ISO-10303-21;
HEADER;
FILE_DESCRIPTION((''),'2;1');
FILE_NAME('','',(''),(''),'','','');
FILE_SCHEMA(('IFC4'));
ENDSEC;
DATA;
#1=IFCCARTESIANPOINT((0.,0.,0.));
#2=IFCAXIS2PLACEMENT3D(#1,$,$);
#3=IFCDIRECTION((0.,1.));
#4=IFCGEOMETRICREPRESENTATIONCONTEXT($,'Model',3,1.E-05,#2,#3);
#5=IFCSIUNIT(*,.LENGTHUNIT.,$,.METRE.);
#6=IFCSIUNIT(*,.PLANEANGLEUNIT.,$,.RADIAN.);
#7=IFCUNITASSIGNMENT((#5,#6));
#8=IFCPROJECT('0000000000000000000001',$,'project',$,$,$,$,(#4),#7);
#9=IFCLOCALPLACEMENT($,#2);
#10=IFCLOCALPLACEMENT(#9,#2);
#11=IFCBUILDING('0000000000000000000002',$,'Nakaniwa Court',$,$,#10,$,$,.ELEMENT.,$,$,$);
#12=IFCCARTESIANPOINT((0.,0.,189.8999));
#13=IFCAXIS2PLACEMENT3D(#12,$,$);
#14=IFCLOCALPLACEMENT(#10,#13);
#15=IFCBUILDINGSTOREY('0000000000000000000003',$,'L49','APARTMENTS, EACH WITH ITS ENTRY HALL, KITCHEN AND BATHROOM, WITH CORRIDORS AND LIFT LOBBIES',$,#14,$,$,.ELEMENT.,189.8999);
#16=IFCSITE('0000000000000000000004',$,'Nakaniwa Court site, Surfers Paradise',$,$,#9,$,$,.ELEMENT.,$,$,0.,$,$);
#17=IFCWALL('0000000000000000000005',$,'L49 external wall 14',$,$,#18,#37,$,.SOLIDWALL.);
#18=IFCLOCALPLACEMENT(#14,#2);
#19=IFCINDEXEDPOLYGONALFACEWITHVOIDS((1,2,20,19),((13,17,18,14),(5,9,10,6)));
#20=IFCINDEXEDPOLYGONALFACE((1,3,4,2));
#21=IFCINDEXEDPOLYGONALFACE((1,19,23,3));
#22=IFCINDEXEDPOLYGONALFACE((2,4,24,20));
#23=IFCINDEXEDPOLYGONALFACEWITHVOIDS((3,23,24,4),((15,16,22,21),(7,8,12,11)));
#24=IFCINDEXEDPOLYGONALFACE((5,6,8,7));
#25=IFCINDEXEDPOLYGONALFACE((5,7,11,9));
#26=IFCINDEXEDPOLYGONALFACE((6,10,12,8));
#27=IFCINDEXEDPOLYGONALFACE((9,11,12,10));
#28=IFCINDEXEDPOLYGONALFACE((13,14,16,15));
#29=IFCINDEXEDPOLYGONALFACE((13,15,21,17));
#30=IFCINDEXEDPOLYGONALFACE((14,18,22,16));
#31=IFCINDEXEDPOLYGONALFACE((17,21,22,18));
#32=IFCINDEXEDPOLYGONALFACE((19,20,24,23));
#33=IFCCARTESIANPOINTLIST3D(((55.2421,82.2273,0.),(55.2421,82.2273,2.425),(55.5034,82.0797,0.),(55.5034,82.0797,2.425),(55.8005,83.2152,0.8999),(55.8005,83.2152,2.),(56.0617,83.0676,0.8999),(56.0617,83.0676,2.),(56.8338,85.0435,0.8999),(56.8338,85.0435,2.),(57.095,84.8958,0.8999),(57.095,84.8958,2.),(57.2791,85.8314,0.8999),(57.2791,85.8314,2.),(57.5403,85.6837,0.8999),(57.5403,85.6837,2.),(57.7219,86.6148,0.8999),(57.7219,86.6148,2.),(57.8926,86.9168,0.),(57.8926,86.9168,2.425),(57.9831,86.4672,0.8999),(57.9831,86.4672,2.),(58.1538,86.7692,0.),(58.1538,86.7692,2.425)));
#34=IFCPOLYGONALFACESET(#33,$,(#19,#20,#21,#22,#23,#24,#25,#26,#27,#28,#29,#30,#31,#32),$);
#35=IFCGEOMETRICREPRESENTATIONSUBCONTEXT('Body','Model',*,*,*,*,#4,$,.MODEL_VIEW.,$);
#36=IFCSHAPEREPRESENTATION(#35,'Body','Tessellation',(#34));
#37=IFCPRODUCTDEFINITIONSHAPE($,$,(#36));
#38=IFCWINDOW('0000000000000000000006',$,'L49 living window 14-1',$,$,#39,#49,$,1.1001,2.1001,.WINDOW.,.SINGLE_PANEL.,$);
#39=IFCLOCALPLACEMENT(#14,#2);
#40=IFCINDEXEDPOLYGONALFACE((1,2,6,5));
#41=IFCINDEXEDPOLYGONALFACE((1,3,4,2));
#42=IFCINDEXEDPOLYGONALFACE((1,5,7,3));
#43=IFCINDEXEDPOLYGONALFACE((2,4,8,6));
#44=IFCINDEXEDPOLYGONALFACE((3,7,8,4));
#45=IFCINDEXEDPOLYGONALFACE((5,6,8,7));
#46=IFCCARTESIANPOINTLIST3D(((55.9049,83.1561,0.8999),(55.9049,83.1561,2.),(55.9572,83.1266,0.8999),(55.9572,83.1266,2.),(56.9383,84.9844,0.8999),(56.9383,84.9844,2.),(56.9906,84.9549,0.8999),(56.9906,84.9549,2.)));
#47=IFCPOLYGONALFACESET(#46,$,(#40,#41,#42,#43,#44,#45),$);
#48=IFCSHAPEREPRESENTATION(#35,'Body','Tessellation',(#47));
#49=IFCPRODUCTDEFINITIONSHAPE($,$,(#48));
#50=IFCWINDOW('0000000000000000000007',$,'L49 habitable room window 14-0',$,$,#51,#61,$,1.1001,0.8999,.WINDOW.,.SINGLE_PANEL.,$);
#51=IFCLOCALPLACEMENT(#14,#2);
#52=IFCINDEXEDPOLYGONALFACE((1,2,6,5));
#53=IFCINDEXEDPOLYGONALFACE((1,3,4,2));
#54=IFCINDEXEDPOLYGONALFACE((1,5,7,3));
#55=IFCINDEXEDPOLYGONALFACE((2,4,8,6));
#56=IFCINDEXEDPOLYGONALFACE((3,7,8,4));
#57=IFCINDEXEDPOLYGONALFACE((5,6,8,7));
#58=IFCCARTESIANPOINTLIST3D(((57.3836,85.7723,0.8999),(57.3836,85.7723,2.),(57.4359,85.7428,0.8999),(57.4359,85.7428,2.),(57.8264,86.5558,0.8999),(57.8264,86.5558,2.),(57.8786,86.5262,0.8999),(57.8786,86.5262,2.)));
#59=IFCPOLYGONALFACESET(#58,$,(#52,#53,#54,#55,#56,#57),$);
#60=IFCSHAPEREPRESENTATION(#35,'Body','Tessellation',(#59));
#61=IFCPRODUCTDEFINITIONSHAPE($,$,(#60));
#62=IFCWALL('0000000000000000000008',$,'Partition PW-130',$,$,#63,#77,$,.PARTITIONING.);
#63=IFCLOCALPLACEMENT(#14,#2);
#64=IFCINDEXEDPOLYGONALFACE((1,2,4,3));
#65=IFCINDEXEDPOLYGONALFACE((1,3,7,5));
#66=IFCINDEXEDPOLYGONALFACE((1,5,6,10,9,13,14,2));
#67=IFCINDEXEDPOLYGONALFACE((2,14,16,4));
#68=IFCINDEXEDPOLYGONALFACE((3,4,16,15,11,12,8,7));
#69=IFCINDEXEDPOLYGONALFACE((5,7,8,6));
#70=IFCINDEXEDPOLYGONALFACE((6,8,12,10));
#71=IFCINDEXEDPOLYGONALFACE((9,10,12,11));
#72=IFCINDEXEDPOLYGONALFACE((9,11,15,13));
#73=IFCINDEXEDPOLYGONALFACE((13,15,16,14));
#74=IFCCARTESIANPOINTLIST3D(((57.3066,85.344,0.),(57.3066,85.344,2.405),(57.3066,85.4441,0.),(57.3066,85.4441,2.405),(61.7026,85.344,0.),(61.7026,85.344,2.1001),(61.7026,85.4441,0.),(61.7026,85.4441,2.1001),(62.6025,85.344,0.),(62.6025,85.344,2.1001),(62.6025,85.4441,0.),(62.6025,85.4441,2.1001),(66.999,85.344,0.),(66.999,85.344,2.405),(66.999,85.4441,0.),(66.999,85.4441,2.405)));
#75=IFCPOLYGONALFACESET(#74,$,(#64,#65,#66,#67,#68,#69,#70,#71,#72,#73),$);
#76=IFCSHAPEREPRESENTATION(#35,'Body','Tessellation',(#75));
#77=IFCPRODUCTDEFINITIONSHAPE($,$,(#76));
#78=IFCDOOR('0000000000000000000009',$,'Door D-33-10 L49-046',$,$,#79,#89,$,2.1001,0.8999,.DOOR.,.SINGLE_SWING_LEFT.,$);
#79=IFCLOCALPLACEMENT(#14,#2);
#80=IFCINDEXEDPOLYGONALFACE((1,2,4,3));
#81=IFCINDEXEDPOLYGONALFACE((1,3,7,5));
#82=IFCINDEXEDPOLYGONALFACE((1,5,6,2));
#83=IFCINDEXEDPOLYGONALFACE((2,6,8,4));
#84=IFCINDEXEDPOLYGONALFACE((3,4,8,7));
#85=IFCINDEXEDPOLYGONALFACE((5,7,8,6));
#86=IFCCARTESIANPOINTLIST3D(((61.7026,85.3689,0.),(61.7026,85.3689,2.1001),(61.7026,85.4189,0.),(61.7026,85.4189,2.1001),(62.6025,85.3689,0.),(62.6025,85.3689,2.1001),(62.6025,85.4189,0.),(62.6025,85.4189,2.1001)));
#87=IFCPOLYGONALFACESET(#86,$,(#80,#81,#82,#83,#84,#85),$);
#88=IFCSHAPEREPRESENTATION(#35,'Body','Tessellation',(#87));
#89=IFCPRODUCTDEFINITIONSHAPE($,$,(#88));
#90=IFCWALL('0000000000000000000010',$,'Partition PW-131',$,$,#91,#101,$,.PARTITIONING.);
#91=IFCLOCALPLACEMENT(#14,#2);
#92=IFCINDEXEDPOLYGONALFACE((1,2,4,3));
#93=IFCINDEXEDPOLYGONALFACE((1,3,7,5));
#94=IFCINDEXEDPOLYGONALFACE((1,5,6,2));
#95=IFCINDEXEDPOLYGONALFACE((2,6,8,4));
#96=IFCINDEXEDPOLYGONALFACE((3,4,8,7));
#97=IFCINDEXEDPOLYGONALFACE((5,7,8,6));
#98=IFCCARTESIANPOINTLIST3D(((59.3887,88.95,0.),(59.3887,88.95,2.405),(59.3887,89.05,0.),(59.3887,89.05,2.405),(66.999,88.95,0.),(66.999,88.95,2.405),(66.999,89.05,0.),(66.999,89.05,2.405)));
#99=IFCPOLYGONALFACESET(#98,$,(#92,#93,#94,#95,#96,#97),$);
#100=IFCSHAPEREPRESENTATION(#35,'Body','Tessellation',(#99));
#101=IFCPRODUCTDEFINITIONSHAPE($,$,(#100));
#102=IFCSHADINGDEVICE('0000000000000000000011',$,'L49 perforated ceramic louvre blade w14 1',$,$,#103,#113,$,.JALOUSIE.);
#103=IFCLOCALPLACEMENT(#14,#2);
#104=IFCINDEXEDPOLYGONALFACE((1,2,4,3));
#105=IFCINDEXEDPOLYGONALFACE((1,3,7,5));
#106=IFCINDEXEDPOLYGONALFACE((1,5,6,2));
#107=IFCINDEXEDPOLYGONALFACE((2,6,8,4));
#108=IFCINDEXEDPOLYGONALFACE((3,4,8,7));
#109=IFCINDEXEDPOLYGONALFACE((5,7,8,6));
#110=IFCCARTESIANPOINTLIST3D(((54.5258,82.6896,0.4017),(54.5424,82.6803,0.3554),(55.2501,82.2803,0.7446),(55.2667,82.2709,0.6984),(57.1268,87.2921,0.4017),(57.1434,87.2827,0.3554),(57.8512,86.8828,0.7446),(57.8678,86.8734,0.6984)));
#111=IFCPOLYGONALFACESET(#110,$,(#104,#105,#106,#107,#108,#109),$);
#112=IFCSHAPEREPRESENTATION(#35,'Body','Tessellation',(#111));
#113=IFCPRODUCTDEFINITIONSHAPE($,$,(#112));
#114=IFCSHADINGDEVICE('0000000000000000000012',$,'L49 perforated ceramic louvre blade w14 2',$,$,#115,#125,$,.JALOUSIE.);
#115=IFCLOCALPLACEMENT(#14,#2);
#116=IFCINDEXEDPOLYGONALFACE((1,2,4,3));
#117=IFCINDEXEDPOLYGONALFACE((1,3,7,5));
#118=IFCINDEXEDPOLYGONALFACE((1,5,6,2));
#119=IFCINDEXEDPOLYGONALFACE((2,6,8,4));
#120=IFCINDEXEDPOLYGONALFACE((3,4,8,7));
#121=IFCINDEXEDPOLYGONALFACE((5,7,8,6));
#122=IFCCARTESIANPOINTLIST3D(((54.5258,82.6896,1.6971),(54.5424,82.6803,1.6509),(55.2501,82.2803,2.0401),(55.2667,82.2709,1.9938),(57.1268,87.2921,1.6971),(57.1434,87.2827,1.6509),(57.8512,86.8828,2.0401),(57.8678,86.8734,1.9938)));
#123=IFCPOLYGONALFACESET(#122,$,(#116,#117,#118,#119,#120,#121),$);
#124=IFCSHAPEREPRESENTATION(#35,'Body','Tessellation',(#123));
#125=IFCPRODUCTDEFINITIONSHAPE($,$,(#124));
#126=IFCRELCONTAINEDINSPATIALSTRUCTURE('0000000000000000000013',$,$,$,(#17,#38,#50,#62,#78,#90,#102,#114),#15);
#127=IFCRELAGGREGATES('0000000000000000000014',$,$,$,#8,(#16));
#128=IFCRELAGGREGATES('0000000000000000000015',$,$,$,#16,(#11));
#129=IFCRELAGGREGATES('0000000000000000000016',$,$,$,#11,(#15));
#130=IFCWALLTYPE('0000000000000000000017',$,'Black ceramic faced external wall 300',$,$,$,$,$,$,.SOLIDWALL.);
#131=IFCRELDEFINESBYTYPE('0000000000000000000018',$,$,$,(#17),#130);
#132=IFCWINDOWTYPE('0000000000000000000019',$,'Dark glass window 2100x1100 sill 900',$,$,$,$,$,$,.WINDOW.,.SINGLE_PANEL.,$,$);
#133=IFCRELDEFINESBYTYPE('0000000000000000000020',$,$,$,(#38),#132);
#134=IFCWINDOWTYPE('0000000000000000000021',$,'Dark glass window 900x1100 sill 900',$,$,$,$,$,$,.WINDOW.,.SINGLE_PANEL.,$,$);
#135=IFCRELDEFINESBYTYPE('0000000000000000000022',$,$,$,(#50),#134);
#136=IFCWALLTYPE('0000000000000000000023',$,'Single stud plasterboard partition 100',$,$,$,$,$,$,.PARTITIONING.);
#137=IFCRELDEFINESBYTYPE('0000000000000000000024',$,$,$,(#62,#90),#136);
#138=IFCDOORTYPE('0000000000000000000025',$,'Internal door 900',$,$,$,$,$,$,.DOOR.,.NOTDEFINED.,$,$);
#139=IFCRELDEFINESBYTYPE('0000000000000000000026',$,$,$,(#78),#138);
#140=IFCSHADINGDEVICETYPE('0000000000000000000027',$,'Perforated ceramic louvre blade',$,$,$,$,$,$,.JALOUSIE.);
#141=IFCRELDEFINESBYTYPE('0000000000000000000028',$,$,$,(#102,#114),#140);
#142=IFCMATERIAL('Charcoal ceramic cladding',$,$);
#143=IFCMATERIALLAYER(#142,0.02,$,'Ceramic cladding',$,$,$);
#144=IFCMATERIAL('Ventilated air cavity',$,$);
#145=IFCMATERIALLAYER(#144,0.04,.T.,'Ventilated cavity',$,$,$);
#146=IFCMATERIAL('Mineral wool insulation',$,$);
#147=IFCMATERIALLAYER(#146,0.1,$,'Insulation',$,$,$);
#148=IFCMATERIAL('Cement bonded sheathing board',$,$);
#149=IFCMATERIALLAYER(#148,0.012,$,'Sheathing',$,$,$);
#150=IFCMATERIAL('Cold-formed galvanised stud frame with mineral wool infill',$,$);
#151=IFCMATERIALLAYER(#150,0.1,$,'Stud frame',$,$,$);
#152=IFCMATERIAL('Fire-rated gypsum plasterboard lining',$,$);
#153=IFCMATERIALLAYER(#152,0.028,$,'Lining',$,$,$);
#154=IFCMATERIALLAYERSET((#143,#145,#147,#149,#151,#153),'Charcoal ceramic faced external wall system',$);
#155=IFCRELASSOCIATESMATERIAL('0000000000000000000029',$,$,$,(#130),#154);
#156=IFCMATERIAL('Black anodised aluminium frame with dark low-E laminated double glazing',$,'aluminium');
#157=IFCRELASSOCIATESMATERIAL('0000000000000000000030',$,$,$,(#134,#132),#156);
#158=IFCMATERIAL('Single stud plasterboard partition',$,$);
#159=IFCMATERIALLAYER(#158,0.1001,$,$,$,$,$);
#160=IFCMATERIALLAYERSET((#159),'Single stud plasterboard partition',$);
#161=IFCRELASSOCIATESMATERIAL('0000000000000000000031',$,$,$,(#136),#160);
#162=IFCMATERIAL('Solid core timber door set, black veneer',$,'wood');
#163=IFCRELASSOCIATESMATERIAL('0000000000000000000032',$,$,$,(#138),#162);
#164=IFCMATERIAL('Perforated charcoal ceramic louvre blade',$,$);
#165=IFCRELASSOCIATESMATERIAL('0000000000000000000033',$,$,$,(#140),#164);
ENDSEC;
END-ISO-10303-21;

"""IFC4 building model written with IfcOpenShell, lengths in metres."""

from ifc_helpers import new_model, si_unit, direction, frame, frame_2d, origin, origin_2d, place, context, subcontext, project, spatial, rectangle, extrude, material, layer, layer_set, material_profile, profile_set, type_object, element, fill, save


model = new_model("IFC4")

# Units and contexts
model_context = context("Model", 3, precision=1e-05, world=origin(), true_north=direction((0.0, 1.0)))
body_context = subcontext(model_context, "Body", "Model", "MODEL_VIEW")
ifc_project = project(units=[si_unit("LENGTHUNIT", "METRE"), si_unit("PLANEANGLEUNIT", "RADIAN")], contexts=[model_context])

# Site, building, storey
site_placement = place(None, origin())
site = spatial("IfcSite", under=ifc_project, at=site_placement, Name="Nakaniwa Court site, Surfers Paradise", CompositionType="ELEMENT", RefElevation=0.0)
building_placement = place(site_placement, origin())
building = spatial("IfcBuilding", under=site, at=building_placement, Name="Nakaniwa Court", CompositionType="ELEMENT")
storey_placement = place(building_placement, frame((0.0, 0.0, 189.8999)))
storey = spatial("IfcBuildingStorey", under=building, at=storey_placement, Name="L49", Description="APARTMENTS, EACH WITH ITS ENTRY HALL, KITCHEN AND BATHROOM, WITH CORRIDORS AND LIFT LOBBIES", CompositionType="ELEMENT", Elevation=189.8999)

# Wall, openings, windows
ifc_material_1 = material(Name="Charcoal ceramic cladding")
ifc_layer_1 = layer(ifc_material_1, 0.02, Name="Ceramic cladding")
ifc_material_2 = material(Name="Ventilated air cavity")
ifc_layer_2 = layer(ifc_material_2, 0.04, ventilated=True, Name="Ventilated cavity")
ifc_material_3 = material(Name="Mineral wool insulation")
ifc_layer_3 = layer(ifc_material_3, 0.1, Name="Insulation")
ifc_material_4 = material(Name="Cement bonded sheathing board")
ifc_layer_4 = layer(ifc_material_4, 0.012, Name="Sheathing")
ifc_material_5 = material(Name="Cold-formed galvanised stud frame with mineral wool infill")
ifc_layer_5 = layer(ifc_material_5, 0.1, Name="Stud frame")
ifc_material_6 = material(Name="Fire-rated gypsum plasterboard lining")
ifc_layer_6 = layer(ifc_material_6, 0.028, Name="Lining")
ifc_layer_set_1 = layer_set([ifc_layer_1, ifc_layer_2, ifc_layer_3, ifc_layer_4, ifc_layer_5, ifc_layer_6], Name="Charcoal ceramic faced external wall system")
wall_type_1 = type_object("IfcWallType", Name="Black ceramic faced external wall 300", PredefinedType="SOLIDWALL", material=ifc_layer_set_1)
ifc_material_7 = material(Name="Black anodised aluminium frame with dark low-E laminated double glazing", Category="aluminium")
window_type_1 = type_object("IfcWindowType", Name="Dark glass window 900x1100 sill 900", PartitioningType="SINGLE_PANEL", PredefinedType="WINDOW", material=ifc_material_7)
wall_1_placement = place(storey_placement, frame((58.0232, 86.843, 0.0), z_axis=(0.0, 0.0, 1.0), x_axis=(-0.492033, -0.870576, 0.0)))
wall_1 = element("IfcWall", 1, at=wall_1_placement, inside=storey, type_object=wall_type_1, Name="L49 external wall 14", PredefinedType="SOLIDWALL", context=body_context, shape_type="SweptSolid", body=[
    extrude(rectangle(XDim=5.3867, YDim=0.3, at=frame_2d((2.6934, 0.0))), origin(), (0.0, 0.0, 1.0), 2.425),
])
opening_1_placement = place(wall_1_placement, frame((0.3469, 0.0, 0.8999)))
opening_1 = element("IfcOpeningElement", 2, at=opening_1_placement, cuts=wall_1, PredefinedType="OPENING", context=body_context, shape_type="SweptSolid", body=[
    extrude(rectangle(XDim=0.8999, YDim=1.1001, at=frame_2d((0.45, 0.55))), frame((0.0, 0.1599, 0.0), z_axis=(0.0, -1.0, 0.0), x_axis=(1.0, 0.0, 0.0)), (0.0, 0.0, 1.0), 0.3201),
])
opening_2_placement = place(wall_1_placement, frame((2.1519, 0.0, 0.8999)))
opening_2 = element("IfcOpeningElement", 3, at=opening_2_placement, cuts=wall_1, PredefinedType="OPENING", context=body_context, shape_type="SweptSolid", body=[
    extrude(rectangle(XDim=2.1001, YDim=1.1001, at=frame_2d((1.05, 0.55))), frame((0.0, 0.1599, 0.0), z_axis=(0.0, -1.0, 0.0), x_axis=(1.0, 0.0, 0.0)), (0.0, 0.0, 1.0), 0.3201),
])
window_type_2 = type_object("IfcWindowType", Name="Dark glass window 2100x1100 sill 900", PartitioningType="SINGLE_PANEL", PredefinedType="WINDOW", material=ifc_material_7)
window_1_placement = place(opening_2_placement, origin())
window_1 = element("IfcWindow", 4, at=window_1_placement, inside=storey, type_object=window_type_2, Name="L49 living window 14-1", OverallHeight=1.1001, OverallWidth=2.1001, PartitioningType="SINGLE_PANEL", PredefinedType="WINDOW", context=body_context, shape_type="SweptSolid", body=[
    extrude(rectangle(XDim=2.1001, YDim=1.1001, at=frame_2d((1.05, 0.55))), frame((0.0, 0.03, 0.0), z_axis=(0.0, -1.0, 0.0), x_axis=(1.0, 0.0, 0.0)), (0.0, 0.0, 1.0), 0.0601),
])
fill(opening_2, window_1)
window_2_placement = place(opening_1_placement, origin())
window_2 = element("IfcWindow", 5, at=window_2_placement, inside=storey, type_object=window_type_1, Name="L49 habitable room window 14-0", OverallHeight=1.1001, OverallWidth=0.8999, PartitioningType="SINGLE_PANEL", PredefinedType="WINDOW", context=body_context, shape_type="SweptSolid", body=[
    extrude(rectangle(XDim=0.8999, YDim=1.1001, at=frame_2d((0.45, 0.55))), frame((0.0, 0.03, 0.0), z_axis=(0.0, -1.0, 0.0), x_axis=(1.0, 0.0, 0.0)), (0.0, 0.0, 1.0), 0.0601),
])
fill(opening_1, window_2)

# Wall, opening, door
ifc_material_8 = material(Name="Single stud plasterboard partition")
ifc_layer_7 = layer(ifc_material_8, 0.1001)
ifc_layer_set_2 = layer_set([ifc_layer_7], Name="Single stud plasterboard partition")
wall_type_2 = type_object("IfcWallType", Name="Single stud plasterboard partition 100", PredefinedType="PARTITIONING", material=ifc_layer_set_2)
wall_2_placement = place(storey_placement, frame((57.3066, 85.394, 0.0), z_axis=(0.0, 0.0, 1.0), x_axis=(1.0, 0.0, 0.0)))
wall_2 = element("IfcWall", 6, at=wall_2_placement, inside=storey, type_object=wall_type_2, Name="Partition PW-130", PredefinedType="PARTITIONING", context=body_context, shape_type="SweptSolid", body=[
    extrude(rectangle(XDim=9.6924, YDim=0.1001, at=frame_2d((4.8462, 0.0))), origin(), (0.0, 0.0, 1.0), 2.405),
])
opening_3_placement = place(wall_2_placement, frame((4.396, 0.0, 0.0)))
opening_3 = element("IfcOpeningElement", 7, at=opening_3_placement, cuts=wall_2, PredefinedType="OPENING", context=body_context, shape_type="SweptSolid", body=[
    extrude(rectangle(XDim=0.8999, YDim=2.1001, at=frame_2d((0.45, 1.05))), frame((0.0, 0.0601, 0.0), z_axis=(0.0, -1.0, 0.0), x_axis=(1.0, 0.0, 0.0)), (0.0, 0.0, 1.0), 0.1201),
])
ifc_material_9 = material(Name="Solid core timber door set, black veneer", Category="wood")
door_type = type_object("IfcDoorType", Name="Internal door 900", OperationType="NOTDEFINED", PredefinedType="DOOR", material=ifc_material_9)
door_placement = place(opening_3_placement, origin())
door = element("IfcDoor", 8, at=door_placement, inside=storey, type_object=door_type, Name="Door D-33-10 L49-046", OperationType="SINGLE_SWING_LEFT", OverallHeight=2.1001, OverallWidth=0.8999, PredefinedType="DOOR", context=body_context, shape_type="SweptSolid", body=[
    extrude(rectangle(XDim=0.8999, YDim=2.1001, at=frame_2d((0.45, 1.05))), frame((0.0, 0.0249, 0.0), z_axis=(0.0, -1.0, 0.0), x_axis=(1.0, 0.0, 0.0)), (0.0, 0.0, 1.0), 0.05),
])
fill(opening_3, door)

# Wall
wall_3_placement = place(storey_placement, frame((59.3887, 89.0, 0.0), z_axis=(0.0, 0.0, 1.0), x_axis=(1.0, 0.0, 0.0)))
element("IfcWall", 9, at=wall_3_placement, inside=storey, type_object=wall_type_2, Name="Partition PW-131", PredefinedType="PARTITIONING", context=body_context, shape_type="SweptSolid", body=[
    extrude(rectangle(XDim=7.6104, YDim=0.1001, at=frame_2d((3.8052, 0.0))), origin(), (0.0, 0.0, 1.0), 2.405),
])

# Shading devices
ifc_material_10 = material(Name="Perforated charcoal ceramic louvre blade")
ifc_material_profile_1 = material_profile(ifc_material_10, rectangle(XDim=0.8999, YDim=0.05, at=origin_2d()), Name="Perforated ceramic louvre blade")
ifc_profile_set_1 = profile_set([ifc_material_profile_1], Name="Perforated charcoal ceramic louvre blade")
shading_device_type = type_object("IfcShadingDeviceType", Name="Perforated ceramic louvre blade", PredefinedType="JALOUSIE", material=ifc_profile_set_1)
for number, where, z_axis, x_axis, name in (
    (10, (57.4973, 87.0828, 0.55), (-0.492006, -0.870592, 0.0), (0.804902, -0.454882, 0.38107), "L49 perforated ceramic louvre blade w14 1"),
    (11, (57.4973, 87.0828, 1.8455), (-0.492006, -0.870592, 0.0), (0.804902, -0.454882, 0.38107), "L49 perforated ceramic louvre blade w14 2"),
):
    element("IfcShadingDevice", number, at=place(storey_placement, frame(where, z_axis=z_axis, x_axis=x_axis)), inside=storey, type_object=shading_device_type, Name=name, PredefinedType="JALOUSIE", context=body_context, shape_type="SweptSolid", body=[
        extrude(rectangle(XDim=0.8999, YDim=0.05, at=origin_2d()), origin(), (0.0, 0.0, 1.0), 5.2866),
    ])

save(model, "model.ifc")
